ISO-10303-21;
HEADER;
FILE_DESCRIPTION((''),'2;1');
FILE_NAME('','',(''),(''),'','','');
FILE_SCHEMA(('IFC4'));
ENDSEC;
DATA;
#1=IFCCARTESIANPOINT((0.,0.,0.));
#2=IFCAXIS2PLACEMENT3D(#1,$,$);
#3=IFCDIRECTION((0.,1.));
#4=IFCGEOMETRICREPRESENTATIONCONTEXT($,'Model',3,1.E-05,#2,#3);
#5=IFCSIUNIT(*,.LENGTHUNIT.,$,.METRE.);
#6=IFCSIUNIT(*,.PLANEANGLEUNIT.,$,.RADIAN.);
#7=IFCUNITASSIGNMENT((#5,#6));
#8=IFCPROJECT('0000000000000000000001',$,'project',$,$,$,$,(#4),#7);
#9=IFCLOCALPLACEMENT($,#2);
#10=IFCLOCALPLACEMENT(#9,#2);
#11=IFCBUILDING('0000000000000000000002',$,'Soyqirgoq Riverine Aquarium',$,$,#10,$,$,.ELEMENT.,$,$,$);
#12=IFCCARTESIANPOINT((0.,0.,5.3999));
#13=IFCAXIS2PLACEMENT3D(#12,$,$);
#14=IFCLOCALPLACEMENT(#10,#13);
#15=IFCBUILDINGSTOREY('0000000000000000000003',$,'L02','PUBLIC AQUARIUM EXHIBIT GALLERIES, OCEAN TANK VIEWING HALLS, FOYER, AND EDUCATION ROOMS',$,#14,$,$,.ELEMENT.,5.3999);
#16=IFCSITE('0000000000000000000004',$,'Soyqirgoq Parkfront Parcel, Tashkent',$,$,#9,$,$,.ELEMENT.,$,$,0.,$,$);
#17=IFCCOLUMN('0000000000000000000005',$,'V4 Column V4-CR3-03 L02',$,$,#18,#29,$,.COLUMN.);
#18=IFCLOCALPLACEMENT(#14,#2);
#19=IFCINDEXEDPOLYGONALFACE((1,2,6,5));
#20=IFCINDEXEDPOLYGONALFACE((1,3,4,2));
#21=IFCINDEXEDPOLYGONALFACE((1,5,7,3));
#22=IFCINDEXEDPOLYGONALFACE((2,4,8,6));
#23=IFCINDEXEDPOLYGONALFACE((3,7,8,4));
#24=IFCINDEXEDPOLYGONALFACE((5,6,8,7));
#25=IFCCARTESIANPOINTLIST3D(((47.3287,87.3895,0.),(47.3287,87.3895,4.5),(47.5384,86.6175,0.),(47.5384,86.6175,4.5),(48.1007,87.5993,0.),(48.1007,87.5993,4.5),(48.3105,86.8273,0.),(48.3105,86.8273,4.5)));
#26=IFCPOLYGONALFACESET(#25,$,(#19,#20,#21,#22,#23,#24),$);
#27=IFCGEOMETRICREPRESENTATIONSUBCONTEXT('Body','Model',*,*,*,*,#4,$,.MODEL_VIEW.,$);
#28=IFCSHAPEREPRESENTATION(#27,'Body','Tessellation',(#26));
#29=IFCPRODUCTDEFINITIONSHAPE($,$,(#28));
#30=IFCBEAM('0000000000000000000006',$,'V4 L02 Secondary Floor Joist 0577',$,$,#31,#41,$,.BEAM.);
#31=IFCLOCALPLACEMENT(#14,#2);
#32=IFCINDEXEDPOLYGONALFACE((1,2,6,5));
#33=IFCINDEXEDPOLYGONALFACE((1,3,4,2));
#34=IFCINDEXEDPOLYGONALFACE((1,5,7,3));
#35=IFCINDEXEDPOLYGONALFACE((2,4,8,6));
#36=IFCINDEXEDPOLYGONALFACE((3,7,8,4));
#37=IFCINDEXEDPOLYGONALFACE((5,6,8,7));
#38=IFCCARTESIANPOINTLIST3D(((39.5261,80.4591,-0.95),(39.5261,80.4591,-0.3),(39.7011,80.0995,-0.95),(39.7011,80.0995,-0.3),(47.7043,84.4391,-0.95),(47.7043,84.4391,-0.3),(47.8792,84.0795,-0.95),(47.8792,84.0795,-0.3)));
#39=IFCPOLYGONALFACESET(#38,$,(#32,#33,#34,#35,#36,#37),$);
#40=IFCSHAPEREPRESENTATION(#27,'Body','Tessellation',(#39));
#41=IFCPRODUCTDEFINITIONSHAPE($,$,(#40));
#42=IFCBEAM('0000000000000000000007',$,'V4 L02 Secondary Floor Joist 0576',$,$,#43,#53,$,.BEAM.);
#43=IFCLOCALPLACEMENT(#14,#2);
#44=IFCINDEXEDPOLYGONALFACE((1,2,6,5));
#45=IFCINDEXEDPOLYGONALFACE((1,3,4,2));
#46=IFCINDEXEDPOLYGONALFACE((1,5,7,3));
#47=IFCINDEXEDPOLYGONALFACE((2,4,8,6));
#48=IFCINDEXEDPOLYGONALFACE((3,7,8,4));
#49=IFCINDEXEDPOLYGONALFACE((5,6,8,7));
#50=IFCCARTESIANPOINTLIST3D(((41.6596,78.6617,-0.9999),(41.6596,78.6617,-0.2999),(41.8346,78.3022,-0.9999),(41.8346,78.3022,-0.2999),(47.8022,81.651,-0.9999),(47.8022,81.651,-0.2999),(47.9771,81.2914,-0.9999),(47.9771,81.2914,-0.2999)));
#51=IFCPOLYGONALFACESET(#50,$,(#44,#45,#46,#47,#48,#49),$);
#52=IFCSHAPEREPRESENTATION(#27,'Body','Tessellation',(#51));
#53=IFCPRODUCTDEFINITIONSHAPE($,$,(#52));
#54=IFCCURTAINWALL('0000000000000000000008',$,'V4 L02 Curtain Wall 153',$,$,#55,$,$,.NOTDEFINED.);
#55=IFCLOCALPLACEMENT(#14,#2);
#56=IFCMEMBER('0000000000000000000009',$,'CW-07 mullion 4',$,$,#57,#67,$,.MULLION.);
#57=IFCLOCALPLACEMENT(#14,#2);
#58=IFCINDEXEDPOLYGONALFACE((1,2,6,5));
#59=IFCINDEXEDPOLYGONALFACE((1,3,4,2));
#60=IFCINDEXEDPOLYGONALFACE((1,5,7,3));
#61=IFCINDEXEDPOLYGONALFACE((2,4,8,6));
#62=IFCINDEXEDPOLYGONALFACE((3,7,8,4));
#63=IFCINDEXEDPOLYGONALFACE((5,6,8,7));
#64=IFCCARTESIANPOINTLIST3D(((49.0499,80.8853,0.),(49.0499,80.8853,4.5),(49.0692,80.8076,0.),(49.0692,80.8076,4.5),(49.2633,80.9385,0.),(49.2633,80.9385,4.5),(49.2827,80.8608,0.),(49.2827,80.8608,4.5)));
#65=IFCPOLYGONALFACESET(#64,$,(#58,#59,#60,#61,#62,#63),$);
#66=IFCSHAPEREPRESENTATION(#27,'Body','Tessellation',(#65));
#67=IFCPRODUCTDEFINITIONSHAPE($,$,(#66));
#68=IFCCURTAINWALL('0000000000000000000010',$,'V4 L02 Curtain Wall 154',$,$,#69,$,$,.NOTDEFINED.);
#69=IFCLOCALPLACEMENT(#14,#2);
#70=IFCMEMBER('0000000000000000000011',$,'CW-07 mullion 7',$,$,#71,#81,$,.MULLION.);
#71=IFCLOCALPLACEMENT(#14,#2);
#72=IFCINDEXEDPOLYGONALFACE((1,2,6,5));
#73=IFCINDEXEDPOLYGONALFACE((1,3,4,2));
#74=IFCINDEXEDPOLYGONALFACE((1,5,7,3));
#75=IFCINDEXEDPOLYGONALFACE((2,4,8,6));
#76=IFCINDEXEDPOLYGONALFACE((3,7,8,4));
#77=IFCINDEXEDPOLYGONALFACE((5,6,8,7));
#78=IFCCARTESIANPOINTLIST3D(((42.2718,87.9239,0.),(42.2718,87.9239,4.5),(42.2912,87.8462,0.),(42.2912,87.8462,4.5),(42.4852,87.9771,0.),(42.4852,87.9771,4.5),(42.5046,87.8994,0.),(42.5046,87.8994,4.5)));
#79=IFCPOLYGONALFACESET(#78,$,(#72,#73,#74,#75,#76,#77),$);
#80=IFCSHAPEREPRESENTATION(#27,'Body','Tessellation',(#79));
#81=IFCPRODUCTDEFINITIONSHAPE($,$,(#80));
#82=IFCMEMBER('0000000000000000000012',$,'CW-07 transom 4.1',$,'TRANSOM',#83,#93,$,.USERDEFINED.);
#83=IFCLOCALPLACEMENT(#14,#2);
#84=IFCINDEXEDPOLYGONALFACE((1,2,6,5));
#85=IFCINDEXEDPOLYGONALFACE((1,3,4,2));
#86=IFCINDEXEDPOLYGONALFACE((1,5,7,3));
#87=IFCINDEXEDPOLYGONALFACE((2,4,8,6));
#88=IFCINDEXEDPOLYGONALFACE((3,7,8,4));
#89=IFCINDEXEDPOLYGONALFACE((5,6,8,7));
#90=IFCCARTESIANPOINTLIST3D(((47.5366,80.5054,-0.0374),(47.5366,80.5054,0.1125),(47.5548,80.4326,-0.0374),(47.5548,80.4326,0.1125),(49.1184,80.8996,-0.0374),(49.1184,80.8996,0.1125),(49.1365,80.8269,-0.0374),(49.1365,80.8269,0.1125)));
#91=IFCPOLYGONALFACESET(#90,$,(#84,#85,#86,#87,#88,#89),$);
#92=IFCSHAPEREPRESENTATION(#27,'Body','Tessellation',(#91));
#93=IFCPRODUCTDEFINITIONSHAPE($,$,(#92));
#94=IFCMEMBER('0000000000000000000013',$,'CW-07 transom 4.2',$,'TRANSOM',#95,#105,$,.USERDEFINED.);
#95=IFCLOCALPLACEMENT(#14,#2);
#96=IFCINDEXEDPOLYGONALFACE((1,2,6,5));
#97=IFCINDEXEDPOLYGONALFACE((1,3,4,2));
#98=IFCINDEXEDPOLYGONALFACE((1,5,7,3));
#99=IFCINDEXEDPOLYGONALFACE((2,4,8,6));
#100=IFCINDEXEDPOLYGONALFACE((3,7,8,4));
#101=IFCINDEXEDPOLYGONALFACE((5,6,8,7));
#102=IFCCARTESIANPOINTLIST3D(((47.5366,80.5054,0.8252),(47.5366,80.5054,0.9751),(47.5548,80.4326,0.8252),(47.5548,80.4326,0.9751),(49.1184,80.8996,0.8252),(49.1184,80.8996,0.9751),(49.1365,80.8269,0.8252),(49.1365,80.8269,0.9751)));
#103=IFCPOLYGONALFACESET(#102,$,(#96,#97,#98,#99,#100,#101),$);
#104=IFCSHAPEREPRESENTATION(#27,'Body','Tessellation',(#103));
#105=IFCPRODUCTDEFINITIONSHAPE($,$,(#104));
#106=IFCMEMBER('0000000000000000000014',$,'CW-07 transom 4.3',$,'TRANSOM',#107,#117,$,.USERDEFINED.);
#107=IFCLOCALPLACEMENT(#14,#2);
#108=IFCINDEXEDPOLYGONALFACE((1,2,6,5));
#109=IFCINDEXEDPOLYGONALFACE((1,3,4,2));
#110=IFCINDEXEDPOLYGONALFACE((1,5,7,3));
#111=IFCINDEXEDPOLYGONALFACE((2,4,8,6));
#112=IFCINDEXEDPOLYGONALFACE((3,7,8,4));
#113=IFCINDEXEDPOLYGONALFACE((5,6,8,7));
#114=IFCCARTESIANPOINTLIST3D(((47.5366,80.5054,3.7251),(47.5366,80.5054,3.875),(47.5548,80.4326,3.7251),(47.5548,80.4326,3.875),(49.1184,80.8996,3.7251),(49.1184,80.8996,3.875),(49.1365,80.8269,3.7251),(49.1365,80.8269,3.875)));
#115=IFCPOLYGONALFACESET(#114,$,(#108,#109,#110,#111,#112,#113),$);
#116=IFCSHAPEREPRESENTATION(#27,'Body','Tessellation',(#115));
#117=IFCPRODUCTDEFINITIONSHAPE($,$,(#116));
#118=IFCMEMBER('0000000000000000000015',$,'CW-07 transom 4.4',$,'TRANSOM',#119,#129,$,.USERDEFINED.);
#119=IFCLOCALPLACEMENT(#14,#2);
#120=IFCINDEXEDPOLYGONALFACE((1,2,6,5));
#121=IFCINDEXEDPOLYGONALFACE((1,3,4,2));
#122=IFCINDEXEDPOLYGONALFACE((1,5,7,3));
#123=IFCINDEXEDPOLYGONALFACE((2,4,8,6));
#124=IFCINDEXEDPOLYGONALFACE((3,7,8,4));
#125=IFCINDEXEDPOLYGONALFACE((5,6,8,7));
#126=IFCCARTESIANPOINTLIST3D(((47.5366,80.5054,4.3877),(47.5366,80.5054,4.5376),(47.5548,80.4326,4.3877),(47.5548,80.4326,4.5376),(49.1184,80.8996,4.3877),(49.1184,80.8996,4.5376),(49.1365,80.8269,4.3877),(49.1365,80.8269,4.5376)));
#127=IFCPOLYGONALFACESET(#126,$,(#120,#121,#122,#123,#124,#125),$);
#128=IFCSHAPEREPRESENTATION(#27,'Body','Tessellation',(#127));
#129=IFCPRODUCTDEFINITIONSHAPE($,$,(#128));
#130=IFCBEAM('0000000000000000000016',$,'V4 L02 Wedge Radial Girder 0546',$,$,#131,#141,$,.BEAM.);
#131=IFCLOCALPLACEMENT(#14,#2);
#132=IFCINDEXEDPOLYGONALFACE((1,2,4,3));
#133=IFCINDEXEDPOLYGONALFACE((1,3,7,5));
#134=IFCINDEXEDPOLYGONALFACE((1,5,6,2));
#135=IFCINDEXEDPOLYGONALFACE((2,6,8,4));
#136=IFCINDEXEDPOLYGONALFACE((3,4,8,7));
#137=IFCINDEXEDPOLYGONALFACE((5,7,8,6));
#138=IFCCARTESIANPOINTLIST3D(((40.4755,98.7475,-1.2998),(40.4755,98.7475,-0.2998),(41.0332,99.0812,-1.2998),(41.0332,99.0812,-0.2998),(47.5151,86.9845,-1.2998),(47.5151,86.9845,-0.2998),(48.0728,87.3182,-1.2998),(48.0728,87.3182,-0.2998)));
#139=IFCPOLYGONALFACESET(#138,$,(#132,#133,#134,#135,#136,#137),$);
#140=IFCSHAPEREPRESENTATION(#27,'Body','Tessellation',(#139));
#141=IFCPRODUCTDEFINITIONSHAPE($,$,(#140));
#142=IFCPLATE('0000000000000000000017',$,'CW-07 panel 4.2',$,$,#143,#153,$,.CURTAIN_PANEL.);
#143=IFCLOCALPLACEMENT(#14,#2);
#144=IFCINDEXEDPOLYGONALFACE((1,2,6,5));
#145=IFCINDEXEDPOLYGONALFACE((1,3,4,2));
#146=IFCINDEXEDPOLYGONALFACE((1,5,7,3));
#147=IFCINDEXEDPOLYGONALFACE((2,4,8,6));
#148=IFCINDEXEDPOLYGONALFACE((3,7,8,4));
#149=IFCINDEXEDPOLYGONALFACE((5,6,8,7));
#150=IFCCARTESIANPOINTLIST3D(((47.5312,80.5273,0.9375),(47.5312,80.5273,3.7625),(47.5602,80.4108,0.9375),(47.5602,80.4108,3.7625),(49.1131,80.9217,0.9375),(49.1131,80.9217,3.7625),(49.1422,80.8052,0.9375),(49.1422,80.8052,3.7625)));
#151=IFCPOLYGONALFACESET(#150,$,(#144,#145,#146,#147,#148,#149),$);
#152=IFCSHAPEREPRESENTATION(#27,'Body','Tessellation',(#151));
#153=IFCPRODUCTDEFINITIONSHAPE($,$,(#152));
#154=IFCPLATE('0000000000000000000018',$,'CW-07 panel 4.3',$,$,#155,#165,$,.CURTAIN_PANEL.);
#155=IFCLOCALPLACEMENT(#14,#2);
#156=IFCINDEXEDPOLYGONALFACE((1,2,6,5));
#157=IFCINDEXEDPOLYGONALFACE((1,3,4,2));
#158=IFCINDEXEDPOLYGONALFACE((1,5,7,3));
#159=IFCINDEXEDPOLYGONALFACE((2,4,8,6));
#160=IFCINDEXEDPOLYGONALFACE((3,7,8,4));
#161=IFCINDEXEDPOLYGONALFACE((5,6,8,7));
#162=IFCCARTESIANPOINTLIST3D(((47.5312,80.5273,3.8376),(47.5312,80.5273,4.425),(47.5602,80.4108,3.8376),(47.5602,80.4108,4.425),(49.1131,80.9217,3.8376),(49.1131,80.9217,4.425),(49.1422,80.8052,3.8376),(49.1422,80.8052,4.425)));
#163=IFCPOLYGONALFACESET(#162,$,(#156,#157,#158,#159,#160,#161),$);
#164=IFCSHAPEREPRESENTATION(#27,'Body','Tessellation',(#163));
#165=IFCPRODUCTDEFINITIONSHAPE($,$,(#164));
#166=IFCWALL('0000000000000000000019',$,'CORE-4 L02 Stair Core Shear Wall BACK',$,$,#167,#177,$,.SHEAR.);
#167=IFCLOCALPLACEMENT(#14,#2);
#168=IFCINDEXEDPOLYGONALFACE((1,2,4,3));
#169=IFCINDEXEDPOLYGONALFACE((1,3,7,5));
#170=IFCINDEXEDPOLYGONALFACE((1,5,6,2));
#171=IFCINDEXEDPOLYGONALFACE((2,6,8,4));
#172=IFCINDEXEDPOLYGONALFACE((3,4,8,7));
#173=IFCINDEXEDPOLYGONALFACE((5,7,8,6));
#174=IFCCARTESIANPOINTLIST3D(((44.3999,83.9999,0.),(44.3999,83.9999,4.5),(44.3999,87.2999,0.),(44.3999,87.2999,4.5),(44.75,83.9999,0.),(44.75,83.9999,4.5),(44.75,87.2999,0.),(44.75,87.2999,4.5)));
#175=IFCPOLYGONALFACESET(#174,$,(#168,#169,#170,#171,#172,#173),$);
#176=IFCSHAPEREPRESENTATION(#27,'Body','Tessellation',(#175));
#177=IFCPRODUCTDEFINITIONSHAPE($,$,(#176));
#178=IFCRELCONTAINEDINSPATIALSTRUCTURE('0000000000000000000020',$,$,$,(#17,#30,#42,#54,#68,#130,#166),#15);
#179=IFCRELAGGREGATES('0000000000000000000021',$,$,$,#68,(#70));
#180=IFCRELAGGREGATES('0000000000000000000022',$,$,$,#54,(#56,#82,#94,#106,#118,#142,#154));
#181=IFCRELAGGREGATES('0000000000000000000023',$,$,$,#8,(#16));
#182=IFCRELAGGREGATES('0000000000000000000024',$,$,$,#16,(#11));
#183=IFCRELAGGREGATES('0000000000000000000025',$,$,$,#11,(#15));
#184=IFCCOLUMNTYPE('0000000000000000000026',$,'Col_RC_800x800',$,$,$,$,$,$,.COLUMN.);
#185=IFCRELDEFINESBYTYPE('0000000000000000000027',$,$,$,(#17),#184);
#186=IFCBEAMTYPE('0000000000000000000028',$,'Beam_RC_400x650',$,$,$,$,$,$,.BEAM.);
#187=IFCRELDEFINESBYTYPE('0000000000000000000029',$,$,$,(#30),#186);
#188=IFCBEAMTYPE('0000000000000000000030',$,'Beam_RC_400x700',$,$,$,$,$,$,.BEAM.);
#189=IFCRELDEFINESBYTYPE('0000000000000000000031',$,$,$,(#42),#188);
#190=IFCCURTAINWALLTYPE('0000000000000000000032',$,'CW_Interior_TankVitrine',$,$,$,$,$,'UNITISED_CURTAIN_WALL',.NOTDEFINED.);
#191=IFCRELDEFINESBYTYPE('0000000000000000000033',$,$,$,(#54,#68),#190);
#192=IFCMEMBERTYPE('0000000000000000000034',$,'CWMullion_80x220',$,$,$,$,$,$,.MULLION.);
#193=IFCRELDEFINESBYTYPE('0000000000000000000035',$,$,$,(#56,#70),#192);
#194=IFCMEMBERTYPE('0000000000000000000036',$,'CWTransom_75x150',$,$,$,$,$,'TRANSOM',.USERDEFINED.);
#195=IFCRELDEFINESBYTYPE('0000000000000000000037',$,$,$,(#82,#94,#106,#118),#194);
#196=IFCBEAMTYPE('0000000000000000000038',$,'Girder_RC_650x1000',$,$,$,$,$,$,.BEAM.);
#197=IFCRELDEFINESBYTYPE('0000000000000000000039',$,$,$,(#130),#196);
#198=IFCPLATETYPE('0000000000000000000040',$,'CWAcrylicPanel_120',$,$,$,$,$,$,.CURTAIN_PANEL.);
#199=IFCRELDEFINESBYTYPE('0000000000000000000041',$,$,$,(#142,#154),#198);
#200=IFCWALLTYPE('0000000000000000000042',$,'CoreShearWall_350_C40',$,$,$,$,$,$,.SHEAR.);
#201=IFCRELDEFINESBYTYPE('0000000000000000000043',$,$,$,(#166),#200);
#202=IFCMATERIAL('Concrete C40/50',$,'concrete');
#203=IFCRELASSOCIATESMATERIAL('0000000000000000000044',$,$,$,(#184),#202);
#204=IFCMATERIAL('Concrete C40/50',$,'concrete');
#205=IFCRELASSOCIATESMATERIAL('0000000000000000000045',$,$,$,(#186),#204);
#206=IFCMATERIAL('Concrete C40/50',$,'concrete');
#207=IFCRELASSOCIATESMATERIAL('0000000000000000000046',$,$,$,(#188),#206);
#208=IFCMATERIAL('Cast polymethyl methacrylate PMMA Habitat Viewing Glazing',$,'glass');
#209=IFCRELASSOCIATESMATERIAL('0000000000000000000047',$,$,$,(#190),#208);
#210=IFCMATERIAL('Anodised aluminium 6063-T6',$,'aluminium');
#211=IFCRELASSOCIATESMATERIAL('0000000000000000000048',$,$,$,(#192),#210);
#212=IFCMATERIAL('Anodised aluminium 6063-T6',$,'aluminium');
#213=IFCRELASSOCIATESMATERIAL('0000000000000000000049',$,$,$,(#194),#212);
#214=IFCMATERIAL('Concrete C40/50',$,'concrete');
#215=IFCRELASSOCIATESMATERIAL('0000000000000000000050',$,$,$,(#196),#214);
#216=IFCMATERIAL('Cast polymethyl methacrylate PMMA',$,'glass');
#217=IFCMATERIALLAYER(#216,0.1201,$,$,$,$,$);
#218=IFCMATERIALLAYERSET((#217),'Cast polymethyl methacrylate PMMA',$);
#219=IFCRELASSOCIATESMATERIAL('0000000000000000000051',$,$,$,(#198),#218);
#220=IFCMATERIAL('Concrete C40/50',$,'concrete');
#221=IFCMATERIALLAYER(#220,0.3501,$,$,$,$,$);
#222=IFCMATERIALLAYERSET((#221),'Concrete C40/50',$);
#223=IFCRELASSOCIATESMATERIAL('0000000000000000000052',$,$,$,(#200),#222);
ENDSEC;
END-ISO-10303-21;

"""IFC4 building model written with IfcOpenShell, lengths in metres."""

from ifc_helpers import new_model, si_unit, direction, frame, frame_2d, origin, origin_2d, place, context, subcontext, project, spatial, rectangle, extrude, material, layer, layer_set, material_profile, profile_set, type_object, element, aggregate, save


model = new_model("IFC4")

# Units and contexts
model_context = context("Model", 3, precision=1e-05, world=origin(), true_north=direction((0.0, 1.0)))
body_context = subcontext(model_context, "Body", "Model", "MODEL_VIEW")
ifc_project = project(units=[si_unit("LENGTHUNIT", "METRE"), si_unit("PLANEANGLEUNIT", "RADIAN")], contexts=[model_context])

# Site, building, storey
site_placement = place(None, origin())
site = spatial("IfcSite", under=ifc_project, at=site_placement, Name="Soyqirgoq Parkfront Parcel, Tashkent", CompositionType="ELEMENT", RefElevation=0.0)
building_placement = place(site_placement, origin())
building = spatial("IfcBuilding", under=site, at=building_placement, Name="Soyqirgoq Riverine Aquarium", CompositionType="ELEMENT")
storey_placement = place(building_placement, frame((0.0, 0.0, 5.3999)))
storey = spatial("IfcBuildingStorey", under=building, at=storey_placement, Name="L02", Description="PUBLIC AQUARIUM EXHIBIT GALLERIES, OCEAN TANK VIEWING HALLS, FOYER, AND EDUCATION ROOMS", CompositionType="ELEMENT", Elevation=5.3999)

# Column
ifc_material_1 = material(Name="Concrete C40/50", Category="concrete")
ifc_material_profile_1 = material_profile(ifc_material_1, rectangle(XDim=0.8, YDim=0.8, at=origin_2d()), Name="RC 800x800")
ifc_profile_set_1 = profile_set([ifc_material_profile_1], Name="Concrete C40/50")
column_type = type_object("IfcColumnType", Name="Col_RC_800x800", PredefinedType="COLUMN", material=ifc_profile_set_1)
column_placement = place(storey_placement, frame((47.8196, 87.1084, 0.0), z_axis=(0.0, 0.0, 1.0), x_axis=(-0.262189, 0.965016, 0.0)))
element("IfcColumn", 1, at=column_placement, inside=storey, type_object=column_type, Name="V4 Column V4-CR3-03 L02", PredefinedType="COLUMN", context=body_context, shape_type="SweptSolid", body=[
    extrude(rectangle(XDim=0.8, YDim=0.8, at=origin_2d()), origin(), (0.0, 0.0, 1.0), 4.5),
])

# Beams
ifc_material_2 = material(Name="Concrete C40/50", Category="concrete")
ifc_material_profile_2 = material_profile(ifc_material_2, rectangle(XDim=0.3999, YDim=0.6499, at=origin_2d()), Name="RC 400x650")
ifc_profile_set_2 = profile_set([ifc_material_profile_2], Name="Concrete C40/50")
beam_type_1 = type_object("IfcBeamType", Name="Beam_RC_400x650", PredefinedType="BEAM", material=ifc_profile_set_2)
beam_1_placement = place(storey_placement, frame((47.7917, 84.2593, -0.625), z_axis=(-0.899175, -0.437589, 0.0), x_axis=(0.437589, -0.899175, 0.0)))
element("IfcBeam", 2, at=beam_1_placement, inside=storey, type_object=beam_type_1, Name="V4 L02 Secondary Floor Joist 0577", PredefinedType="BEAM", context=body_context, shape_type="SweptSolid", body=[
    extrude(rectangle(XDim=0.3999, YDim=0.6499, at=origin_2d()), origin(), (0.0, 0.0, 1.0), 9.0952),
])
ifc_material_3 = material(Name="Concrete C40/50", Category="concrete")
ifc_material_profile_3 = material_profile(ifc_material_3, rectangle(XDim=0.3999, YDim=0.7, at=origin_2d()), Name="RC 400x700")
ifc_profile_set_3 = profile_set([ifc_material_profile_3], Name="Concrete C40/50")
beam_type_2 = type_object("IfcBeamType", Name="Beam_RC_400x700", PredefinedType="BEAM", material=ifc_profile_set_3)
beam_2_placement = place(storey_placement, frame((47.8896, 81.4712, -0.6499), z_axis=(-0.899179, -0.437581, 0.0), x_axis=(0.437581, -0.899179, 0.0)))
element("IfcBeam", 3, at=beam_2_placement, inside=storey, type_object=beam_type_2, Name="V4 L02 Secondary Floor Joist 0576", PredefinedType="BEAM", context=body_context, shape_type="SweptSolid", body=[
    extrude(rectangle(XDim=0.3999, YDim=0.7, at=origin_2d()), origin(), (0.0, 0.0, 1.0), 6.8313),
])

# Curtain walls, members
ifc_material_4 = material(Name="Cast polymethyl methacrylate PMMA Habitat Viewing Glazing", Category="glass")
curtain_wall_type = type_object("IfcCurtainWallType", Name="CW_Interior_TankVitrine", ElementType="UNITISED_CURTAIN_WALL", PredefinedType="NOTDEFINED", material=ifc_material_4)
curtain_wall_1_placement = place(storey_placement, origin())
curtain_wall_1 = element("IfcCurtainWall", 4, at=curtain_wall_1_placement, inside=storey, type_object=curtain_wall_type, Name="V4 L02 Curtain Wall 153", PredefinedType="NOTDEFINED")
ifc_material_5 = material(Name="Anodised aluminium 6063-T6", Category="aluminium")
ifc_material_profile_4 = material_profile(ifc_material_5, rectangle(XDim=0.0801, YDim=0.22, at=origin_2d()), Name="ALU-M 80x220")
ifc_profile_set_4 = profile_set([ifc_material_profile_4], Name="Anodised aluminium 6063-T6")
member_type_1 = type_object("IfcMemberType", Name="CWMullion_80x220", PredefinedType="MULLION", material=ifc_profile_set_4)
member_1_placement = place(storey_placement, frame((49.1663, 80.873, 0.0), z_axis=(0.0, 0.0, 1.0), x_axis=(0.241922, -0.970296, 0.0)))
member_1 = element("IfcMember", 5, at=member_1_placement, type_object=member_type_1, Name="CW-07 mullion 4", PredefinedType="MULLION", context=body_context, shape_type="SweptSolid", body=[
    extrude(rectangle(XDim=0.0801, YDim=0.22, at=origin_2d()), origin(), (0.0, 0.0, 1.0), 4.5),
])
curtain_wall_2_placement = place(storey_placement, origin())
curtain_wall_2 = element("IfcCurtainWall", 6, at=curtain_wall_2_placement, inside=storey, type_object=curtain_wall_type, Name="V4 L02 Curtain Wall 154", PredefinedType="NOTDEFINED")
member_2_placement = place(storey_placement, frame((42.3882, 87.9116, 0.0), z_axis=(0.0, 0.0, 1.0), x_axis=(0.241926, -0.970295, 0.0)))
member_2 = element("IfcMember", 7, at=member_2_placement, type_object=member_type_1, Name="CW-07 mullion 7", PredefinedType="MULLION", context=body_context, shape_type="SweptSolid", body=[
    extrude(rectangle(XDim=0.0801, YDim=0.22, at=origin_2d()), origin(), (0.0, 0.0, 1.0), 4.5),
])
aggregate(curtain_wall_2, [member_2])

# Members
ifc_material_6 = material(Name="Anodised aluminium 6063-T6", Category="aluminium")
ifc_material_profile_5 = material_profile(ifc_material_6, rectangle(XDim=0.075, YDim=0.1499, at=origin_2d()), Name="ALU-T 75x150")
ifc_profile_set_5 = profile_set([ifc_material_profile_5], Name="Anodised aluminium 6063-T6")
member_type_2 = type_object("IfcMemberType", Name="CWTransom_75x150", ElementType="TRANSOM", PredefinedType="USERDEFINED", material=ifc_profile_set_5)
member_3_placement = place(storey_placement, frame((49.1274, 80.8633, 0.0376), z_axis=(-0.97031, -0.241866, 0.0), x_axis=(0.241866, -0.97031, 0.0)))
member_3 = element("IfcMember", 8, at=member_3_placement, type_object=member_type_2, Name="CW-07 transom 4.1", ObjectType="TRANSOM", PredefinedType="USERDEFINED", context=body_context, shape_type="SweptSolid", body=[
    extrude(rectangle(XDim=0.075, YDim=0.1499, at=origin_2d()), origin(), (0.0, 0.0, 1.0), 1.6301),
])
member_4_placement = place(storey_placement, frame((49.1274, 80.8633, 0.9001), z_axis=(-0.97031, -0.241866, 0.0), x_axis=(0.241866, -0.97031, 0.0)))
member_4 = element("IfcMember", 9, at=member_4_placement, type_object=member_type_2, Name="CW-07 transom 4.2", ObjectType="TRANSOM", PredefinedType="USERDEFINED", context=body_context, shape_type="SweptSolid", body=[
    extrude(rectangle(XDim=0.075, YDim=0.1499, at=origin_2d()), origin(), (0.0, 0.0, 1.0), 1.6301),
])
member_5_placement = place(storey_placement, frame((49.1274, 80.8633, 3.8), z_axis=(-0.97031, -0.241866, 0.0), x_axis=(0.241866, -0.97031, 0.0)))
member_5 = element("IfcMember", 10, at=member_5_placement, type_object=member_type_2, Name="CW-07 transom 4.3", ObjectType="TRANSOM", PredefinedType="USERDEFINED", context=body_context, shape_type="SweptSolid", body=[
    extrude(rectangle(XDim=0.075, YDim=0.1499, at=origin_2d()), origin(), (0.0, 0.0, 1.0), 1.6301),
])
member_6_placement = place(storey_placement, frame((49.1274, 80.8633, 4.4626), z_axis=(-0.97031, -0.241866, 0.0), x_axis=(0.241866, -0.97031, 0.0)))
member_6 = element("IfcMember", 11, at=member_6_placement, type_object=member_type_2, Name="CW-07 transom 4.4", ObjectType="TRANSOM", PredefinedType="USERDEFINED", context=body_context, shape_type="SweptSolid", body=[
    extrude(rectangle(XDim=0.075, YDim=0.1499, at=origin_2d()), origin(), (0.0, 0.0, 1.0), 1.6301),
])

# Beam
ifc_material_7 = material(Name="Concrete C40/50", Category="concrete")
ifc_material_profile_6 = material_profile(ifc_material_7, rectangle(XDim=0.6499, YDim=1.0, at=origin_2d()), Name="RC 650x1000")
ifc_profile_set_6 = profile_set([ifc_material_profile_6], Name="Concrete C40/50")
beam_type_3 = type_object("IfcBeamType", Name="Girder_RC_650x1000", PredefinedType="BEAM", material=ifc_profile_set_6)
beam_3_placement = place(storey_placement, frame((47.7939, 87.1514, -0.7998), z_axis=(-0.513519, 0.858079, 0.0), x_axis=(-0.858079, -0.513519, 0.0)))
element("IfcBeam", 12, at=beam_3_placement, inside=storey, type_object=beam_type_3, Name="V4 L02 Wedge Radial Girder 0546", PredefinedType="BEAM", context=body_context, shape_type="SweptSolid", body=[
    extrude(rectangle(XDim=0.6499, YDim=1.0, at=origin_2d()), origin(), (0.0, 0.0, 1.0), 13.7085),
])

# Plates
ifc_material_8 = material(Name="Cast polymethyl methacrylate PMMA", Category="glass")
ifc_layer_1 = layer(ifc_material_8, 0.1201)
ifc_layer_set_1 = layer_set([ifc_layer_1], Name="Cast polymethyl methacrylate PMMA")
plate_type = type_object("IfcPlateType", Name="CWAcrylicPanel_120", PredefinedType="CURTAIN_PANEL", material=ifc_layer_set_1)
plate_1_placement = place(storey_placement, frame((48.3367, 80.6663, 0.9375), z_axis=(0.0, 0.0, 1.0), x_axis=(-0.970296, -0.241922, 0.0)))
plate_1 = element("IfcPlate", 13, at=plate_1_placement, type_object=plate_type, Name="CW-07 panel 4.2", PredefinedType="CURTAIN_PANEL", context=body_context, shape_type="SweptSolid", body=[
    extrude(rectangle(XDim=1.6304, YDim=0.1201, at=origin_2d()), origin(), (0.0, 0.0, 1.0), 2.825),
])
plate_2_placement = place(storey_placement, frame((48.3367, 80.6663, 3.8376), z_axis=(0.0, 0.0, 1.0), x_axis=(-0.970296, -0.241922, 0.0)))
plate_2 = element("IfcPlate", 14, at=plate_2_placement, type_object=plate_type, Name="CW-07 panel 4.3", PredefinedType="CURTAIN_PANEL", context=body_context, shape_type="SweptSolid", body=[
    extrude(rectangle(XDim=1.6304, YDim=0.1201, at=origin_2d()), origin(), (0.0, 0.0, 1.0), 0.5874),
])
aggregate(curtain_wall_1, [member_1, member_3, member_4, member_5, member_6, plate_1, plate_2])

# Wall
ifc_material_9 = material(Name="Concrete C40/50", Category="concrete")
ifc_layer_2 = layer(ifc_material_9, 0.3501)
ifc_layer_set_2 = layer_set([ifc_layer_2], Name="Concrete C40/50")
wall_type_1 = type_object("IfcWallType", Name="CoreShearWall_350_C40", PredefinedType="SHEAR", material=ifc_layer_set_2)
wall_1_placement = place(storey_placement, frame((44.575, 84.0, 0.0), z_axis=(0.0, 0.0, 1.0), x_axis=(0.0, 1.0, 0.0)))
element("IfcWall", 15, at=wall_1_placement, inside=storey, type_object=wall_type_1, Name="CORE-4 L02 Stair Core Shear Wall BACK", PredefinedType="SHEAR", context=body_context, shape_type="SweptSolid", body=[
    extrude(rectangle(XDim=3.3, YDim=0.3501, at=frame_2d((1.6499, 0.0))), origin(), (0.0, 0.0, 1.0), 4.5),
])

save(model, "model.ifc")
